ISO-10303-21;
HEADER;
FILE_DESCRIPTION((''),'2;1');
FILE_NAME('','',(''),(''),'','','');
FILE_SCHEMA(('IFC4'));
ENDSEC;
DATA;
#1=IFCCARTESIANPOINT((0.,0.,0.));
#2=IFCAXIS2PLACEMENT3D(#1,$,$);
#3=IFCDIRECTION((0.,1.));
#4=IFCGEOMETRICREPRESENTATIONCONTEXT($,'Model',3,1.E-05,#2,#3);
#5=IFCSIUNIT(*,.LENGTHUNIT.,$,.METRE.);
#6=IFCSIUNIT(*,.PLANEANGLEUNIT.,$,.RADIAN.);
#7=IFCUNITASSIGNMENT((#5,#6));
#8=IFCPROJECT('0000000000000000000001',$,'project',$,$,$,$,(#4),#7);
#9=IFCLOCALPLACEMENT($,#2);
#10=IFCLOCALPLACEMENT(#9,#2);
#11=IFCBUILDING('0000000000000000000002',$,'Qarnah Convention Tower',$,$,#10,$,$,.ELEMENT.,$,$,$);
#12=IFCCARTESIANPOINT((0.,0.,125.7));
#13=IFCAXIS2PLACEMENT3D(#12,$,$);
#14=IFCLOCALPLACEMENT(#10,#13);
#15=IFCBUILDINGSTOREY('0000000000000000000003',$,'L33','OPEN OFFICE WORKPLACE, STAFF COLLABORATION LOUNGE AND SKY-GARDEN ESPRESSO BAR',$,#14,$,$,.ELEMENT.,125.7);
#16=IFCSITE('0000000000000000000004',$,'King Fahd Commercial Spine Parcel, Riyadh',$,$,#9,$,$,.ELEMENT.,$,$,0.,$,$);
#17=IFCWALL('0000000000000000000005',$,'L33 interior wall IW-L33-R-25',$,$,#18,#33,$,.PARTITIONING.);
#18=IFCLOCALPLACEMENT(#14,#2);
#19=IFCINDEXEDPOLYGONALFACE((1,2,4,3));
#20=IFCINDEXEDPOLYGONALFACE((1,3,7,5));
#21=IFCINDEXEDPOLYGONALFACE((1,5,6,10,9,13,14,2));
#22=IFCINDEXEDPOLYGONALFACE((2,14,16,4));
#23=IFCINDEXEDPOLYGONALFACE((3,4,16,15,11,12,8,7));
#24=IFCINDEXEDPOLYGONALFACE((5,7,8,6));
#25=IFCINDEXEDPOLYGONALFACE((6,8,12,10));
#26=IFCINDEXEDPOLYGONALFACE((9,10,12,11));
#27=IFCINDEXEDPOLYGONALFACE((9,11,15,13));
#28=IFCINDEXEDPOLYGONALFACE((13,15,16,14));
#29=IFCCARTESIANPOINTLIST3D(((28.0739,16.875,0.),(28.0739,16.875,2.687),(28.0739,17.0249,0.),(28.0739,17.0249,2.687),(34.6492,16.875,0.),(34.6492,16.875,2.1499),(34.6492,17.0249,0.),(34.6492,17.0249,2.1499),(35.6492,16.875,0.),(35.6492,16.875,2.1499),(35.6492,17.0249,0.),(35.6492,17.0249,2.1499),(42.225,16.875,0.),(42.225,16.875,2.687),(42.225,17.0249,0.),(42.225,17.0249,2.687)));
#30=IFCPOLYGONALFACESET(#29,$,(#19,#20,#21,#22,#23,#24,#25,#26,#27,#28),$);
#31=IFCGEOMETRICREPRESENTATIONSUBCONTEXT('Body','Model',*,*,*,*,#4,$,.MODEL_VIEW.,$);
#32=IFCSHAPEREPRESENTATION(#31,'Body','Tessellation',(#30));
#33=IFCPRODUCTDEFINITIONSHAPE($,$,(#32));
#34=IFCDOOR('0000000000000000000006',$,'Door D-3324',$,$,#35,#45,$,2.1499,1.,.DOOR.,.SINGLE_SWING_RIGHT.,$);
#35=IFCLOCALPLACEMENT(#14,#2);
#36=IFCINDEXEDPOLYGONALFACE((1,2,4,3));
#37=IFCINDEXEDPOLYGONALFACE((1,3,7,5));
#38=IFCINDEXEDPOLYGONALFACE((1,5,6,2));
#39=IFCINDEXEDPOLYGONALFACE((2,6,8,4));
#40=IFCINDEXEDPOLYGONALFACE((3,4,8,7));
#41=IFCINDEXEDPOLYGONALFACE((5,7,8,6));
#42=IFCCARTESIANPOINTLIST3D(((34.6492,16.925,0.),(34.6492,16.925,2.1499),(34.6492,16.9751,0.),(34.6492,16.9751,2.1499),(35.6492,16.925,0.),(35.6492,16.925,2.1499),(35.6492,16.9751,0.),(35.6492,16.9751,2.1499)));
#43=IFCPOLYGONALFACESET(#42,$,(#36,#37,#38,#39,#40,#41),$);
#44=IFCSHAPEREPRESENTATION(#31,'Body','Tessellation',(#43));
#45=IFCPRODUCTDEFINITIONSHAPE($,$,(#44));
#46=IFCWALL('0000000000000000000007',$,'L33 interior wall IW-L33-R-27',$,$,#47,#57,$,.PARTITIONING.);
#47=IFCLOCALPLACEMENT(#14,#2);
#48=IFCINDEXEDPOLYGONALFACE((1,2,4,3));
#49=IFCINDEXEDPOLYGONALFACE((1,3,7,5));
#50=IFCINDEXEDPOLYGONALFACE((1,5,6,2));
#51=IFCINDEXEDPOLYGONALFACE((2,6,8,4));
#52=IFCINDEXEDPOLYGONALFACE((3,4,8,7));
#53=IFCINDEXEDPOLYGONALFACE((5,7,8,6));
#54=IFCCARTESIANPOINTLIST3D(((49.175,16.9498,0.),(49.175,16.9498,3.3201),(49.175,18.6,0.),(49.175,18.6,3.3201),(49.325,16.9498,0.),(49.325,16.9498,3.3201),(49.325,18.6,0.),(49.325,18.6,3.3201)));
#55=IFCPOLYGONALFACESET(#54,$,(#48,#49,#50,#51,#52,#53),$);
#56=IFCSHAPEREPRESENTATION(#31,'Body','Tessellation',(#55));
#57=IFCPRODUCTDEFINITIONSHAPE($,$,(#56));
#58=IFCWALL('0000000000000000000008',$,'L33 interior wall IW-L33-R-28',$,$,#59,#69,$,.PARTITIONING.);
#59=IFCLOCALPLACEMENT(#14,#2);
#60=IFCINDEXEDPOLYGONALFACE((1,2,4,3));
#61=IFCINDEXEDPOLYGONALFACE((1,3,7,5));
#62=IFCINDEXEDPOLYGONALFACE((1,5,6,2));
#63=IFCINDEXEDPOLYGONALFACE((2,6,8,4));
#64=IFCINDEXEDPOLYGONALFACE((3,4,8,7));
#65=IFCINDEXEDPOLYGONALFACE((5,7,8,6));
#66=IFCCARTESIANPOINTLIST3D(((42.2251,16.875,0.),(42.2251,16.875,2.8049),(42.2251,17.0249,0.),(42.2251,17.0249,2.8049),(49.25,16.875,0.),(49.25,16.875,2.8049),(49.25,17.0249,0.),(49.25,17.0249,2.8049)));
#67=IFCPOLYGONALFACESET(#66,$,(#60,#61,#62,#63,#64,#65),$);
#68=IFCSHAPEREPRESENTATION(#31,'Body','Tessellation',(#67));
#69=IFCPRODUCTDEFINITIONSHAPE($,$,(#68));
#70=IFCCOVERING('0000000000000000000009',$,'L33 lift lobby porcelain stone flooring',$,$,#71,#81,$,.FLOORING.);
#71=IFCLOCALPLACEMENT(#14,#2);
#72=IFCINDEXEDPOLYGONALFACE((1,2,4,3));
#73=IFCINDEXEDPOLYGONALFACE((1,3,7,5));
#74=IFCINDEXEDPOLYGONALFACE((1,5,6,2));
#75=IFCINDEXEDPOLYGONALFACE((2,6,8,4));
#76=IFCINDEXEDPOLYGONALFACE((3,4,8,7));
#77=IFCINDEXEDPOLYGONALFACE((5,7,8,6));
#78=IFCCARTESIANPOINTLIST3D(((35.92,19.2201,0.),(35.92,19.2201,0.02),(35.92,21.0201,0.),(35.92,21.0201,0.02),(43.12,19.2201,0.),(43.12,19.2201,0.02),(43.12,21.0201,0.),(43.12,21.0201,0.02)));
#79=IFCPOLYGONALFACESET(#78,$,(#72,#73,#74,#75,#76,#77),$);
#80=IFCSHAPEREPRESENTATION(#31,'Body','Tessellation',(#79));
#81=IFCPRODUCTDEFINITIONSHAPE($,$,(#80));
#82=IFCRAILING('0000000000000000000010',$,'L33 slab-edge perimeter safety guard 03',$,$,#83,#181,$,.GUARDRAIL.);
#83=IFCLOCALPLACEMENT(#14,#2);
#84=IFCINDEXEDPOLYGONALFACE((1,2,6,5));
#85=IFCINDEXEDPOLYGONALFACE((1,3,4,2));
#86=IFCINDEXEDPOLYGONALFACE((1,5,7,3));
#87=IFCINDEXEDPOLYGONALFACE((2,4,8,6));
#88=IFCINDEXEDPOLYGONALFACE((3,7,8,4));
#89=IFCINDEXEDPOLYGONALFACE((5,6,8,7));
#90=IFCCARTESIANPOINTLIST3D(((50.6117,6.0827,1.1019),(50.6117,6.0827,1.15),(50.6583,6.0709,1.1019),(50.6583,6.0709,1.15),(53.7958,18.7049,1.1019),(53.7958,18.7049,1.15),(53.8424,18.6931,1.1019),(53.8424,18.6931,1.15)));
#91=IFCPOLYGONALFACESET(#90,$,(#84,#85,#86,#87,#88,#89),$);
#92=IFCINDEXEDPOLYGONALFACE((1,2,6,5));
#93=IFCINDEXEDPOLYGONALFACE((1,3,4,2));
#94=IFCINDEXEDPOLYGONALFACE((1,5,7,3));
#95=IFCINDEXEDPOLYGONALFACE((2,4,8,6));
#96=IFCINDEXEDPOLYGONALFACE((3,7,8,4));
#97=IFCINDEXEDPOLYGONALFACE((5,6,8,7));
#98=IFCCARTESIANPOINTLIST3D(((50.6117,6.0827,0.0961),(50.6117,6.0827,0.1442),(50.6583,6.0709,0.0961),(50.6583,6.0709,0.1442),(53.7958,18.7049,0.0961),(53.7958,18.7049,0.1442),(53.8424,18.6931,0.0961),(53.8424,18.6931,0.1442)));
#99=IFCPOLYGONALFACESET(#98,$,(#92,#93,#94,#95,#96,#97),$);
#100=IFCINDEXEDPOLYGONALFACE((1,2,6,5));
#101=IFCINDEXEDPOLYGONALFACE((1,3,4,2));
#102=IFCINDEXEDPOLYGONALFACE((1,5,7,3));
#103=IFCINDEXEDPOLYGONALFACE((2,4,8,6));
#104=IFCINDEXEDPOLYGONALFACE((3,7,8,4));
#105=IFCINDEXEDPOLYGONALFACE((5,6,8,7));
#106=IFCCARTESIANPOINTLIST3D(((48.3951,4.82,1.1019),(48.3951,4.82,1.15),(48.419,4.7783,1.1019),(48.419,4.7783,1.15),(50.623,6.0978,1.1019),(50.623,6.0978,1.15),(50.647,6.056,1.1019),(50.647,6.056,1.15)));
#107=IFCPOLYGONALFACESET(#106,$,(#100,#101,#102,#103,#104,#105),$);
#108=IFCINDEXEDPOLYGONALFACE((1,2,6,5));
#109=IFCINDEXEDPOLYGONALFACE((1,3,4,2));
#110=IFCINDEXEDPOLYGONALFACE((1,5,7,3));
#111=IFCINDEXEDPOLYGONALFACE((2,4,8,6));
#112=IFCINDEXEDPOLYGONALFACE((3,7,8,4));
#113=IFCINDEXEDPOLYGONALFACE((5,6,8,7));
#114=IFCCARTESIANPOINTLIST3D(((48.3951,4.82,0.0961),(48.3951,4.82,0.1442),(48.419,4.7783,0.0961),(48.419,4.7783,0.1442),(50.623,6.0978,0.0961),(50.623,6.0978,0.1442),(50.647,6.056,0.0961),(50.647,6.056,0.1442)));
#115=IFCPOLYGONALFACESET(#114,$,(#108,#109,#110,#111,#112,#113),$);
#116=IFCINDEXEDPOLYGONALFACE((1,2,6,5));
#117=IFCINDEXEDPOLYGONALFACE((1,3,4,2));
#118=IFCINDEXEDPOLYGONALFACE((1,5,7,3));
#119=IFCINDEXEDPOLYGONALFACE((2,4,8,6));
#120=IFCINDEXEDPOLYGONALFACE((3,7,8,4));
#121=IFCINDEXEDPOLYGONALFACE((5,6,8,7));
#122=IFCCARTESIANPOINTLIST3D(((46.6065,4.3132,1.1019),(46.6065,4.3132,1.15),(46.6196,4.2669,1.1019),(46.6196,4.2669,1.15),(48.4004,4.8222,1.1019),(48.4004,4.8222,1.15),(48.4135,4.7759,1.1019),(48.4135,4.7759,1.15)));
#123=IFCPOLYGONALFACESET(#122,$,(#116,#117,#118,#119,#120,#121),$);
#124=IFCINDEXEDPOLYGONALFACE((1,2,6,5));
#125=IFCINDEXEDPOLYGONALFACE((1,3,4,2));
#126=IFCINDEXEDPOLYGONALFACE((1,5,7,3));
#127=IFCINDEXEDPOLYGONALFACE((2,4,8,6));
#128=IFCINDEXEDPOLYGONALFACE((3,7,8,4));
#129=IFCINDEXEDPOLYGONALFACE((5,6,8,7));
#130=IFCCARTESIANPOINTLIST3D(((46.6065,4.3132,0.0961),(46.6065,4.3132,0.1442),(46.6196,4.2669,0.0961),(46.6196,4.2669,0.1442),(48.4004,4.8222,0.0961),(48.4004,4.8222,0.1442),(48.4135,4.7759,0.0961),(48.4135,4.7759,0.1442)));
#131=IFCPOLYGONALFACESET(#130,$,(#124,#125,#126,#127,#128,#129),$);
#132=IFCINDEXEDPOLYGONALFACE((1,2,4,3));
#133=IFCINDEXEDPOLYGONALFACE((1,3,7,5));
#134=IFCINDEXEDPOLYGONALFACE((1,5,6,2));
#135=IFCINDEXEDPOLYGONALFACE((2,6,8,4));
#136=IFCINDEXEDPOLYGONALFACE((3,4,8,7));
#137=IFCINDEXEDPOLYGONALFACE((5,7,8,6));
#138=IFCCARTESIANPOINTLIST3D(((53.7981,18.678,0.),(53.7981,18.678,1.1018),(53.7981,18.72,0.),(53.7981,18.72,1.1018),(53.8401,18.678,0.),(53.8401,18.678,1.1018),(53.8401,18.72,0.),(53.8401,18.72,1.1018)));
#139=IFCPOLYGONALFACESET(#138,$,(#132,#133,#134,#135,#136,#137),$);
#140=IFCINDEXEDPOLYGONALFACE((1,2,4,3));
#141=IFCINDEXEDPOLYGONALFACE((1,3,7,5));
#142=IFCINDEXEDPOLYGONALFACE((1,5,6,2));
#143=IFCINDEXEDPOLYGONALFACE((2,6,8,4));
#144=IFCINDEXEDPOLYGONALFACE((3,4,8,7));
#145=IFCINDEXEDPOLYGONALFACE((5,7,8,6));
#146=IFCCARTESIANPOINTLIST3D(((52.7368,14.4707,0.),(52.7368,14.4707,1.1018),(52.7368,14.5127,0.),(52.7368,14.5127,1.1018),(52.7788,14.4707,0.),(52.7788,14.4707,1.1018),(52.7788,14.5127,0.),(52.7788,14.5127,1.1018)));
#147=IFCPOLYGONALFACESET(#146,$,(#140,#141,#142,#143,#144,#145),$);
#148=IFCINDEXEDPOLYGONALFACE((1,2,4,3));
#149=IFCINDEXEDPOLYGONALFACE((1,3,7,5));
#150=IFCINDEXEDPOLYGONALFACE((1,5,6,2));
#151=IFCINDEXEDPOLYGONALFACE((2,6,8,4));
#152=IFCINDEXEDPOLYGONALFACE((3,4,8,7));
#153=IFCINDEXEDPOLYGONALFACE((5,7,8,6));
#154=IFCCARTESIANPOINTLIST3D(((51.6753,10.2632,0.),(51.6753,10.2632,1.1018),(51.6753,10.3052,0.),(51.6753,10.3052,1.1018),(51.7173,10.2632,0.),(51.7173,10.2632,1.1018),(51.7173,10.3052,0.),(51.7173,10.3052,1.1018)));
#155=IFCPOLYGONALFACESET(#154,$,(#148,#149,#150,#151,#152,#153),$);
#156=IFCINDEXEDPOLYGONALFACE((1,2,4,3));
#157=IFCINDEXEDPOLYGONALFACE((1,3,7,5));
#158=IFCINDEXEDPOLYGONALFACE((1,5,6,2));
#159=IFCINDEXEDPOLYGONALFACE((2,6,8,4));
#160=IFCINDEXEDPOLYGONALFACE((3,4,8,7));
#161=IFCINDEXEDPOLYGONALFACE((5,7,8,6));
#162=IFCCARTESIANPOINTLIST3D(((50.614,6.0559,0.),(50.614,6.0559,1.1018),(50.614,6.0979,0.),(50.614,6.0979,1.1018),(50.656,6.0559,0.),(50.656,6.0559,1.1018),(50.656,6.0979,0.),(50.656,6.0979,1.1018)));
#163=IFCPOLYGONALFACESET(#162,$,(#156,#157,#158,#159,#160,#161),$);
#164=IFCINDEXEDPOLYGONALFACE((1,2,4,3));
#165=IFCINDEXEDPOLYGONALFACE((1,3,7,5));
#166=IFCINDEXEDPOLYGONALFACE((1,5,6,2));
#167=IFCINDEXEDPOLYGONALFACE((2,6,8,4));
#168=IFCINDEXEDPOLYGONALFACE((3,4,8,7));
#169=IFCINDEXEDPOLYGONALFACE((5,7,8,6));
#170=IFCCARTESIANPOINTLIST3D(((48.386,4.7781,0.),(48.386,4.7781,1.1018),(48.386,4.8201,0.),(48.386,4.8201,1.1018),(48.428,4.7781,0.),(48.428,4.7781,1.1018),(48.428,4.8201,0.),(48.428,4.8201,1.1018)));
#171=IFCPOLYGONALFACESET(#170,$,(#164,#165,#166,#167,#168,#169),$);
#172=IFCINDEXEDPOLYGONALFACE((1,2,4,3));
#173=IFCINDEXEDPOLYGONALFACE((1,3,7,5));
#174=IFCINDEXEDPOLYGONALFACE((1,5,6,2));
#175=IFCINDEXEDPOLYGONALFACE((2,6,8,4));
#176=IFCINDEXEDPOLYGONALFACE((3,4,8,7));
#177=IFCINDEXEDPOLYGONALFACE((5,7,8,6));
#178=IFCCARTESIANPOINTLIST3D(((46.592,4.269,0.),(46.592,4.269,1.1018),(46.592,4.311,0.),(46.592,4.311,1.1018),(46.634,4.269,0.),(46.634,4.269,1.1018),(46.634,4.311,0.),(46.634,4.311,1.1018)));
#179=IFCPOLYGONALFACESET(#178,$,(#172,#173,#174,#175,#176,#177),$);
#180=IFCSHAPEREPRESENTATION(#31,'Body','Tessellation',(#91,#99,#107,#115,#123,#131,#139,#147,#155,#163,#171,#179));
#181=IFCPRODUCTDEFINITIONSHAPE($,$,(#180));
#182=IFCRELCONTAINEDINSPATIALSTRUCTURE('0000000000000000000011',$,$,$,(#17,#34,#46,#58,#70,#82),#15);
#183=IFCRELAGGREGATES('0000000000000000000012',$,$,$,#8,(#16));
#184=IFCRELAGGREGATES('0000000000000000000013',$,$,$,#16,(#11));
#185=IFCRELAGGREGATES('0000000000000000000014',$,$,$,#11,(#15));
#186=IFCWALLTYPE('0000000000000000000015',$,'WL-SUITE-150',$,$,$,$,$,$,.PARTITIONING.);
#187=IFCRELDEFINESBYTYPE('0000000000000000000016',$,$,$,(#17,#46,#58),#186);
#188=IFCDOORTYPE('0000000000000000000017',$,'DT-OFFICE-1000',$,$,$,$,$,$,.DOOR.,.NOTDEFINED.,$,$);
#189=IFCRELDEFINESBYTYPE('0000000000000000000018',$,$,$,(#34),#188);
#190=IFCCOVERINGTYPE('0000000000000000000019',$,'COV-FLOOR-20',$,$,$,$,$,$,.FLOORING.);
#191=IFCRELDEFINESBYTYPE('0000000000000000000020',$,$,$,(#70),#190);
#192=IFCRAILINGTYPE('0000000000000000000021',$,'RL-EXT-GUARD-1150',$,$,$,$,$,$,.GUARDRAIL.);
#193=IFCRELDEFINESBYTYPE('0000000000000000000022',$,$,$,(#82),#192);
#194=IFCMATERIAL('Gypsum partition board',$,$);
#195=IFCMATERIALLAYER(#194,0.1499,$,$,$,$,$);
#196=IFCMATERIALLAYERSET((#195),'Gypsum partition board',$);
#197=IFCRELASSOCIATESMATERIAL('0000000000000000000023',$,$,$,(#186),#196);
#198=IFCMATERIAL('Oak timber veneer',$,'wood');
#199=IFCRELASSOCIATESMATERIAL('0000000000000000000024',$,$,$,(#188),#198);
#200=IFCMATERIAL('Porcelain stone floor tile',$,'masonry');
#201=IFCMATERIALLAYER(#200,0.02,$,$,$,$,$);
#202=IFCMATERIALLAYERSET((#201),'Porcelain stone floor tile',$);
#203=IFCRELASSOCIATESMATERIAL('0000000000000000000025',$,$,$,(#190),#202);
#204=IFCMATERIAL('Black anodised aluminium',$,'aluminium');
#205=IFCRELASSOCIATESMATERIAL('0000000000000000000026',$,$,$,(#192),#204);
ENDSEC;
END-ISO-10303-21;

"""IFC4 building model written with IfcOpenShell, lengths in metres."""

from ifc_helpers import new_model, si_unit, direction, frame, frame_2d, origin, origin_2d, place, context, subcontext, project, spatial, rectangle, extrude, material, layer, layer_set, type_object, element, fill, save


model = new_model("IFC4")

# Units and contexts
model_context = context("Model", 3, precision=1e-05, world=origin(), true_north=direction((0.0, 1.0)))
body_context = subcontext(model_context, "Body", "Model", "MODEL_VIEW")
ifc_project = project(units=[si_unit("LENGTHUNIT", "METRE"), si_unit("PLANEANGLEUNIT", "RADIAN")], contexts=[model_context])

# Site, building, storey
site_placement = place(None, origin())
site = spatial("IfcSite", under=ifc_project, at=site_placement, Name="King Fahd Commercial Spine Parcel, Riyadh", CompositionType="ELEMENT", RefElevation=0.0)
building_placement = place(site_placement, origin())
building = spatial("IfcBuilding", under=site, at=building_placement, Name="Qarnah Convention Tower", CompositionType="ELEMENT")
storey_placement = place(building_placement, frame((0.0, 0.0, 125.7)))
storey = spatial("IfcBuildingStorey", under=building, at=storey_placement, Name="L33", Description="OPEN OFFICE WORKPLACE, STAFF COLLABORATION LOUNGE AND SKY-GARDEN ESPRESSO BAR", CompositionType="ELEMENT", Elevation=125.7)

# Shared definitions
ifc_material_1 = material(Name="Black anodised aluminium", Category="aluminium")

# Shared definitions
ifc_material_2 = material(Name="Gypsum partition board")
ifc_layer_1 = layer(ifc_material_2, 0.1499)
ifc_layer_set_1 = layer_set([ifc_layer_1], Name="Gypsum partition board")
wall_type_1 = type_object("IfcWallType", Name="WL-SUITE-150", PredefinedType="PARTITIONING", material=ifc_layer_set_1)

# Wall, opening, door
wall_1_placement = place(storey_placement, frame((42.2251, 16.95, 0.0), z_axis=(0.0, 0.0, 1.0), x_axis=(-1.0, 0.0, 0.0)))
wall_1 = element("IfcWall", 1, at=wall_1_placement, inside=storey, type_object=wall_type_1, Name="L33 interior wall IW-L33-R-25", PredefinedType="PARTITIONING", context=body_context, shape_type="SweptSolid", body=[
    extrude(rectangle(XDim=14.1511, YDim=0.1499, at=frame_2d((7.0757, 0.0))), origin(), (0.0, 0.0, 1.0), 2.687),
])
opening_1_placement = place(wall_1_placement, frame((6.5759, 0.0, 0.0)))
opening_1 = element("IfcOpeningElement", 2, at=opening_1_placement, cuts=wall_1, PredefinedType="OPENING", context=body_context, shape_type="SweptSolid", body=[
    extrude(rectangle(XDim=1.0, YDim=2.1499, at=frame_2d((0.5, 1.075))), frame((0.0, 0.085, 0.0), z_axis=(0.0, -1.0, 0.0), x_axis=(1.0, 0.0, 0.0)), (0.0, 0.0, 1.0), 0.1699),
])
ifc_material_3 = material(Name="Oak timber veneer", Category="wood")
door_type_1 = type_object("IfcDoorType", Name="DT-OFFICE-1000", OperationType="NOTDEFINED", PredefinedType="DOOR", material=ifc_material_3)
door_1_placement = place(opening_1_placement, origin())
door_1 = element("IfcDoor", 3, at=door_1_placement, inside=storey, type_object=door_type_1, Name="Door D-3324", OperationType="SINGLE_SWING_RIGHT", OverallHeight=2.1499, OverallWidth=1.0, PredefinedType="DOOR", context=body_context, shape_type="SweptSolid", body=[
    extrude(rectangle(XDim=1.0, YDim=2.1499, at=frame_2d((0.5, 1.075))), frame((0.0, 0.0249, 0.0), z_axis=(0.0, -1.0, 0.0), x_axis=(1.0, 0.0, 0.0)), (0.0, 0.0, 1.0), 0.05),
])
fill(opening_1, door_1)

# Walls
wall_2_placement = place(storey_placement, frame((49.25, 18.6001, 0.0), z_axis=(0.0, 0.0, 1.0), x_axis=(0.0, -1.0, 0.0)))
element("IfcWall", 4, at=wall_2_placement, inside=storey, type_object=wall_type_1, Name="L33 interior wall IW-L33-R-27", PredefinedType="PARTITIONING", context=body_context, shape_type="SweptSolid", body=[
    extrude(rectangle(XDim=1.6501, YDim=0.1499, at=frame_2d((0.8252, 0.0))), origin(), (0.0, 0.0, 1.0), 3.3201),
])
wall_3_placement = place(storey_placement, frame((49.25, 16.95, 0.0), z_axis=(0.0, 0.0, 1.0), x_axis=(-1.0, 0.0, 0.0)))
element("IfcWall", 5, at=wall_3_placement, inside=storey, type_object=wall_type_1, Name="L33 interior wall IW-L33-R-28", PredefinedType="PARTITIONING", context=body_context, shape_type="SweptSolid", body=[
    extrude(rectangle(XDim=7.0249, YDim=0.1499, at=frame_2d((3.5125, 0.0))), origin(), (0.0, 0.0, 1.0), 2.8049),
])

# Covering
ifc_material_4 = material(Name="Porcelain stone floor tile", Category="masonry")
ifc_layer_2 = layer(ifc_material_4, 0.02)
ifc_layer_set_2 = layer_set([ifc_layer_2], Name="Porcelain stone floor tile")
covering_type = type_object("IfcCoveringType", Name="COV-FLOOR-20", PredefinedType="FLOORING", material=ifc_layer_set_2)
covering_placement = place(storey_placement, frame((39.52, 20.1201, 0.0), z_axis=(0.0, 0.0, 1.0), x_axis=(1.0, 0.0, 0.0)))
element("IfcCovering", 6, at=covering_placement, inside=storey, type_object=covering_type, Name="L33 lift lobby porcelain stone flooring", PredefinedType="FLOORING", context=body_context, shape_type="SweptSolid", body=[
    extrude(rectangle(XDim=7.2, YDim=1.8, at=origin_2d()), origin(), (0.0, 0.0, 1.0), 0.02),
])

# Railing
railing_type = type_object("IfcRailingType", Name="RL-EXT-GUARD-1150", PredefinedType="GUARDRAIL", material=ifc_material_1)
railing_1_placement = place(storey_placement, frame((53.8191, 18.699, 0.0)))
element("IfcRailing", 7, at=railing_1_placement, inside=storey, type_object=railing_type, Name="L33 slab-edge perimeter safety guard 03", PredefinedType="GUARDRAIL", context=body_context, shape_type="SweptSolid", body=[
    extrude(rectangle(XDim=0.0481, YDim=0.0481, at=origin_2d()), frame((0.0, 0.0, 1.126), z_axis=(-0.2446, -0.969624, 0.0), x_axis=(0.969624, -0.2446, 0.0)), (0.0, 0.0, 1.0), 13.0176),
    extrude(rectangle(XDim=0.0481, YDim=0.0481, at=origin_2d()), frame((0.0, 0.0, 0.1201), z_axis=(-0.2446, -0.969624, 0.0), x_axis=(0.969624, -0.2446, 0.0)), (0.0, 0.0, 1.0), 13.0176),
    extrude(rectangle(XDim=0.0481, YDim=0.0481, at=origin_2d()), frame((-3.1841, -12.6221, 1.126), z_axis=(-0.867458, -0.49751, 0.0), x_axis=(0.49751, -0.867458, 0.0)), (0.0, 0.0, 1.0), 2.5684),
    extrude(rectangle(XDim=0.0481, YDim=0.0481, at=origin_2d()), frame((-3.1841, -12.6221, 0.1201), z_axis=(-0.867458, -0.49751, 0.0), x_axis=(0.49751, -0.867458, 0.0)), (0.0, 0.0, 1.0), 2.5684),
    extrude(rectangle(XDim=0.0481, YDim=0.0481, at=origin_2d()), frame((-5.4121, -13.8999, 1.126), z_axis=(-0.962021, -0.272974, 0.0), x_axis=(0.272974, -0.962021, 0.0)), (0.0, 0.0, 1.0), 1.8647),
    extrude(rectangle(XDim=0.0481, YDim=0.0481, at=origin_2d()), frame((-5.4121, -13.8999, 0.1201), z_axis=(-0.962021, -0.272974, 0.0), x_axis=(0.272974, -0.962021, 0.0)), (0.0, 0.0, 1.0), 1.8647),
    extrude(rectangle(XDim=0.042, YDim=0.042, at=origin_2d()), origin(), (0.0, 0.0, 1.0), 1.1018),
    extrude(rectangle(XDim=0.042, YDim=0.042, at=origin_2d()), frame((-1.0613, -4.2073, 0.0)), (0.0, 0.0, 1.0), 1.1018),
    extrude(rectangle(XDim=0.042, YDim=0.042, at=origin_2d()), frame((-2.1228, -8.4148, 0.0)), (0.0, 0.0, 1.0), 1.1018),
    extrude(rectangle(XDim=0.042, YDim=0.042, at=origin_2d()), frame((-3.1841, -12.6221, 0.0)), (0.0, 0.0, 1.0), 1.1018),
    extrude(rectangle(XDim=0.042, YDim=0.042, at=origin_2d()), frame((-5.4121, -13.8999, 0.0)), (0.0, 0.0, 1.0), 1.1018),
    extrude(rectangle(XDim=0.042, YDim=0.042, at=origin_2d()), frame((-7.2061, -14.4089, 0.0)), (0.0, 0.0, 1.0), 1.1018),
])

save(model, "model.ifc")
